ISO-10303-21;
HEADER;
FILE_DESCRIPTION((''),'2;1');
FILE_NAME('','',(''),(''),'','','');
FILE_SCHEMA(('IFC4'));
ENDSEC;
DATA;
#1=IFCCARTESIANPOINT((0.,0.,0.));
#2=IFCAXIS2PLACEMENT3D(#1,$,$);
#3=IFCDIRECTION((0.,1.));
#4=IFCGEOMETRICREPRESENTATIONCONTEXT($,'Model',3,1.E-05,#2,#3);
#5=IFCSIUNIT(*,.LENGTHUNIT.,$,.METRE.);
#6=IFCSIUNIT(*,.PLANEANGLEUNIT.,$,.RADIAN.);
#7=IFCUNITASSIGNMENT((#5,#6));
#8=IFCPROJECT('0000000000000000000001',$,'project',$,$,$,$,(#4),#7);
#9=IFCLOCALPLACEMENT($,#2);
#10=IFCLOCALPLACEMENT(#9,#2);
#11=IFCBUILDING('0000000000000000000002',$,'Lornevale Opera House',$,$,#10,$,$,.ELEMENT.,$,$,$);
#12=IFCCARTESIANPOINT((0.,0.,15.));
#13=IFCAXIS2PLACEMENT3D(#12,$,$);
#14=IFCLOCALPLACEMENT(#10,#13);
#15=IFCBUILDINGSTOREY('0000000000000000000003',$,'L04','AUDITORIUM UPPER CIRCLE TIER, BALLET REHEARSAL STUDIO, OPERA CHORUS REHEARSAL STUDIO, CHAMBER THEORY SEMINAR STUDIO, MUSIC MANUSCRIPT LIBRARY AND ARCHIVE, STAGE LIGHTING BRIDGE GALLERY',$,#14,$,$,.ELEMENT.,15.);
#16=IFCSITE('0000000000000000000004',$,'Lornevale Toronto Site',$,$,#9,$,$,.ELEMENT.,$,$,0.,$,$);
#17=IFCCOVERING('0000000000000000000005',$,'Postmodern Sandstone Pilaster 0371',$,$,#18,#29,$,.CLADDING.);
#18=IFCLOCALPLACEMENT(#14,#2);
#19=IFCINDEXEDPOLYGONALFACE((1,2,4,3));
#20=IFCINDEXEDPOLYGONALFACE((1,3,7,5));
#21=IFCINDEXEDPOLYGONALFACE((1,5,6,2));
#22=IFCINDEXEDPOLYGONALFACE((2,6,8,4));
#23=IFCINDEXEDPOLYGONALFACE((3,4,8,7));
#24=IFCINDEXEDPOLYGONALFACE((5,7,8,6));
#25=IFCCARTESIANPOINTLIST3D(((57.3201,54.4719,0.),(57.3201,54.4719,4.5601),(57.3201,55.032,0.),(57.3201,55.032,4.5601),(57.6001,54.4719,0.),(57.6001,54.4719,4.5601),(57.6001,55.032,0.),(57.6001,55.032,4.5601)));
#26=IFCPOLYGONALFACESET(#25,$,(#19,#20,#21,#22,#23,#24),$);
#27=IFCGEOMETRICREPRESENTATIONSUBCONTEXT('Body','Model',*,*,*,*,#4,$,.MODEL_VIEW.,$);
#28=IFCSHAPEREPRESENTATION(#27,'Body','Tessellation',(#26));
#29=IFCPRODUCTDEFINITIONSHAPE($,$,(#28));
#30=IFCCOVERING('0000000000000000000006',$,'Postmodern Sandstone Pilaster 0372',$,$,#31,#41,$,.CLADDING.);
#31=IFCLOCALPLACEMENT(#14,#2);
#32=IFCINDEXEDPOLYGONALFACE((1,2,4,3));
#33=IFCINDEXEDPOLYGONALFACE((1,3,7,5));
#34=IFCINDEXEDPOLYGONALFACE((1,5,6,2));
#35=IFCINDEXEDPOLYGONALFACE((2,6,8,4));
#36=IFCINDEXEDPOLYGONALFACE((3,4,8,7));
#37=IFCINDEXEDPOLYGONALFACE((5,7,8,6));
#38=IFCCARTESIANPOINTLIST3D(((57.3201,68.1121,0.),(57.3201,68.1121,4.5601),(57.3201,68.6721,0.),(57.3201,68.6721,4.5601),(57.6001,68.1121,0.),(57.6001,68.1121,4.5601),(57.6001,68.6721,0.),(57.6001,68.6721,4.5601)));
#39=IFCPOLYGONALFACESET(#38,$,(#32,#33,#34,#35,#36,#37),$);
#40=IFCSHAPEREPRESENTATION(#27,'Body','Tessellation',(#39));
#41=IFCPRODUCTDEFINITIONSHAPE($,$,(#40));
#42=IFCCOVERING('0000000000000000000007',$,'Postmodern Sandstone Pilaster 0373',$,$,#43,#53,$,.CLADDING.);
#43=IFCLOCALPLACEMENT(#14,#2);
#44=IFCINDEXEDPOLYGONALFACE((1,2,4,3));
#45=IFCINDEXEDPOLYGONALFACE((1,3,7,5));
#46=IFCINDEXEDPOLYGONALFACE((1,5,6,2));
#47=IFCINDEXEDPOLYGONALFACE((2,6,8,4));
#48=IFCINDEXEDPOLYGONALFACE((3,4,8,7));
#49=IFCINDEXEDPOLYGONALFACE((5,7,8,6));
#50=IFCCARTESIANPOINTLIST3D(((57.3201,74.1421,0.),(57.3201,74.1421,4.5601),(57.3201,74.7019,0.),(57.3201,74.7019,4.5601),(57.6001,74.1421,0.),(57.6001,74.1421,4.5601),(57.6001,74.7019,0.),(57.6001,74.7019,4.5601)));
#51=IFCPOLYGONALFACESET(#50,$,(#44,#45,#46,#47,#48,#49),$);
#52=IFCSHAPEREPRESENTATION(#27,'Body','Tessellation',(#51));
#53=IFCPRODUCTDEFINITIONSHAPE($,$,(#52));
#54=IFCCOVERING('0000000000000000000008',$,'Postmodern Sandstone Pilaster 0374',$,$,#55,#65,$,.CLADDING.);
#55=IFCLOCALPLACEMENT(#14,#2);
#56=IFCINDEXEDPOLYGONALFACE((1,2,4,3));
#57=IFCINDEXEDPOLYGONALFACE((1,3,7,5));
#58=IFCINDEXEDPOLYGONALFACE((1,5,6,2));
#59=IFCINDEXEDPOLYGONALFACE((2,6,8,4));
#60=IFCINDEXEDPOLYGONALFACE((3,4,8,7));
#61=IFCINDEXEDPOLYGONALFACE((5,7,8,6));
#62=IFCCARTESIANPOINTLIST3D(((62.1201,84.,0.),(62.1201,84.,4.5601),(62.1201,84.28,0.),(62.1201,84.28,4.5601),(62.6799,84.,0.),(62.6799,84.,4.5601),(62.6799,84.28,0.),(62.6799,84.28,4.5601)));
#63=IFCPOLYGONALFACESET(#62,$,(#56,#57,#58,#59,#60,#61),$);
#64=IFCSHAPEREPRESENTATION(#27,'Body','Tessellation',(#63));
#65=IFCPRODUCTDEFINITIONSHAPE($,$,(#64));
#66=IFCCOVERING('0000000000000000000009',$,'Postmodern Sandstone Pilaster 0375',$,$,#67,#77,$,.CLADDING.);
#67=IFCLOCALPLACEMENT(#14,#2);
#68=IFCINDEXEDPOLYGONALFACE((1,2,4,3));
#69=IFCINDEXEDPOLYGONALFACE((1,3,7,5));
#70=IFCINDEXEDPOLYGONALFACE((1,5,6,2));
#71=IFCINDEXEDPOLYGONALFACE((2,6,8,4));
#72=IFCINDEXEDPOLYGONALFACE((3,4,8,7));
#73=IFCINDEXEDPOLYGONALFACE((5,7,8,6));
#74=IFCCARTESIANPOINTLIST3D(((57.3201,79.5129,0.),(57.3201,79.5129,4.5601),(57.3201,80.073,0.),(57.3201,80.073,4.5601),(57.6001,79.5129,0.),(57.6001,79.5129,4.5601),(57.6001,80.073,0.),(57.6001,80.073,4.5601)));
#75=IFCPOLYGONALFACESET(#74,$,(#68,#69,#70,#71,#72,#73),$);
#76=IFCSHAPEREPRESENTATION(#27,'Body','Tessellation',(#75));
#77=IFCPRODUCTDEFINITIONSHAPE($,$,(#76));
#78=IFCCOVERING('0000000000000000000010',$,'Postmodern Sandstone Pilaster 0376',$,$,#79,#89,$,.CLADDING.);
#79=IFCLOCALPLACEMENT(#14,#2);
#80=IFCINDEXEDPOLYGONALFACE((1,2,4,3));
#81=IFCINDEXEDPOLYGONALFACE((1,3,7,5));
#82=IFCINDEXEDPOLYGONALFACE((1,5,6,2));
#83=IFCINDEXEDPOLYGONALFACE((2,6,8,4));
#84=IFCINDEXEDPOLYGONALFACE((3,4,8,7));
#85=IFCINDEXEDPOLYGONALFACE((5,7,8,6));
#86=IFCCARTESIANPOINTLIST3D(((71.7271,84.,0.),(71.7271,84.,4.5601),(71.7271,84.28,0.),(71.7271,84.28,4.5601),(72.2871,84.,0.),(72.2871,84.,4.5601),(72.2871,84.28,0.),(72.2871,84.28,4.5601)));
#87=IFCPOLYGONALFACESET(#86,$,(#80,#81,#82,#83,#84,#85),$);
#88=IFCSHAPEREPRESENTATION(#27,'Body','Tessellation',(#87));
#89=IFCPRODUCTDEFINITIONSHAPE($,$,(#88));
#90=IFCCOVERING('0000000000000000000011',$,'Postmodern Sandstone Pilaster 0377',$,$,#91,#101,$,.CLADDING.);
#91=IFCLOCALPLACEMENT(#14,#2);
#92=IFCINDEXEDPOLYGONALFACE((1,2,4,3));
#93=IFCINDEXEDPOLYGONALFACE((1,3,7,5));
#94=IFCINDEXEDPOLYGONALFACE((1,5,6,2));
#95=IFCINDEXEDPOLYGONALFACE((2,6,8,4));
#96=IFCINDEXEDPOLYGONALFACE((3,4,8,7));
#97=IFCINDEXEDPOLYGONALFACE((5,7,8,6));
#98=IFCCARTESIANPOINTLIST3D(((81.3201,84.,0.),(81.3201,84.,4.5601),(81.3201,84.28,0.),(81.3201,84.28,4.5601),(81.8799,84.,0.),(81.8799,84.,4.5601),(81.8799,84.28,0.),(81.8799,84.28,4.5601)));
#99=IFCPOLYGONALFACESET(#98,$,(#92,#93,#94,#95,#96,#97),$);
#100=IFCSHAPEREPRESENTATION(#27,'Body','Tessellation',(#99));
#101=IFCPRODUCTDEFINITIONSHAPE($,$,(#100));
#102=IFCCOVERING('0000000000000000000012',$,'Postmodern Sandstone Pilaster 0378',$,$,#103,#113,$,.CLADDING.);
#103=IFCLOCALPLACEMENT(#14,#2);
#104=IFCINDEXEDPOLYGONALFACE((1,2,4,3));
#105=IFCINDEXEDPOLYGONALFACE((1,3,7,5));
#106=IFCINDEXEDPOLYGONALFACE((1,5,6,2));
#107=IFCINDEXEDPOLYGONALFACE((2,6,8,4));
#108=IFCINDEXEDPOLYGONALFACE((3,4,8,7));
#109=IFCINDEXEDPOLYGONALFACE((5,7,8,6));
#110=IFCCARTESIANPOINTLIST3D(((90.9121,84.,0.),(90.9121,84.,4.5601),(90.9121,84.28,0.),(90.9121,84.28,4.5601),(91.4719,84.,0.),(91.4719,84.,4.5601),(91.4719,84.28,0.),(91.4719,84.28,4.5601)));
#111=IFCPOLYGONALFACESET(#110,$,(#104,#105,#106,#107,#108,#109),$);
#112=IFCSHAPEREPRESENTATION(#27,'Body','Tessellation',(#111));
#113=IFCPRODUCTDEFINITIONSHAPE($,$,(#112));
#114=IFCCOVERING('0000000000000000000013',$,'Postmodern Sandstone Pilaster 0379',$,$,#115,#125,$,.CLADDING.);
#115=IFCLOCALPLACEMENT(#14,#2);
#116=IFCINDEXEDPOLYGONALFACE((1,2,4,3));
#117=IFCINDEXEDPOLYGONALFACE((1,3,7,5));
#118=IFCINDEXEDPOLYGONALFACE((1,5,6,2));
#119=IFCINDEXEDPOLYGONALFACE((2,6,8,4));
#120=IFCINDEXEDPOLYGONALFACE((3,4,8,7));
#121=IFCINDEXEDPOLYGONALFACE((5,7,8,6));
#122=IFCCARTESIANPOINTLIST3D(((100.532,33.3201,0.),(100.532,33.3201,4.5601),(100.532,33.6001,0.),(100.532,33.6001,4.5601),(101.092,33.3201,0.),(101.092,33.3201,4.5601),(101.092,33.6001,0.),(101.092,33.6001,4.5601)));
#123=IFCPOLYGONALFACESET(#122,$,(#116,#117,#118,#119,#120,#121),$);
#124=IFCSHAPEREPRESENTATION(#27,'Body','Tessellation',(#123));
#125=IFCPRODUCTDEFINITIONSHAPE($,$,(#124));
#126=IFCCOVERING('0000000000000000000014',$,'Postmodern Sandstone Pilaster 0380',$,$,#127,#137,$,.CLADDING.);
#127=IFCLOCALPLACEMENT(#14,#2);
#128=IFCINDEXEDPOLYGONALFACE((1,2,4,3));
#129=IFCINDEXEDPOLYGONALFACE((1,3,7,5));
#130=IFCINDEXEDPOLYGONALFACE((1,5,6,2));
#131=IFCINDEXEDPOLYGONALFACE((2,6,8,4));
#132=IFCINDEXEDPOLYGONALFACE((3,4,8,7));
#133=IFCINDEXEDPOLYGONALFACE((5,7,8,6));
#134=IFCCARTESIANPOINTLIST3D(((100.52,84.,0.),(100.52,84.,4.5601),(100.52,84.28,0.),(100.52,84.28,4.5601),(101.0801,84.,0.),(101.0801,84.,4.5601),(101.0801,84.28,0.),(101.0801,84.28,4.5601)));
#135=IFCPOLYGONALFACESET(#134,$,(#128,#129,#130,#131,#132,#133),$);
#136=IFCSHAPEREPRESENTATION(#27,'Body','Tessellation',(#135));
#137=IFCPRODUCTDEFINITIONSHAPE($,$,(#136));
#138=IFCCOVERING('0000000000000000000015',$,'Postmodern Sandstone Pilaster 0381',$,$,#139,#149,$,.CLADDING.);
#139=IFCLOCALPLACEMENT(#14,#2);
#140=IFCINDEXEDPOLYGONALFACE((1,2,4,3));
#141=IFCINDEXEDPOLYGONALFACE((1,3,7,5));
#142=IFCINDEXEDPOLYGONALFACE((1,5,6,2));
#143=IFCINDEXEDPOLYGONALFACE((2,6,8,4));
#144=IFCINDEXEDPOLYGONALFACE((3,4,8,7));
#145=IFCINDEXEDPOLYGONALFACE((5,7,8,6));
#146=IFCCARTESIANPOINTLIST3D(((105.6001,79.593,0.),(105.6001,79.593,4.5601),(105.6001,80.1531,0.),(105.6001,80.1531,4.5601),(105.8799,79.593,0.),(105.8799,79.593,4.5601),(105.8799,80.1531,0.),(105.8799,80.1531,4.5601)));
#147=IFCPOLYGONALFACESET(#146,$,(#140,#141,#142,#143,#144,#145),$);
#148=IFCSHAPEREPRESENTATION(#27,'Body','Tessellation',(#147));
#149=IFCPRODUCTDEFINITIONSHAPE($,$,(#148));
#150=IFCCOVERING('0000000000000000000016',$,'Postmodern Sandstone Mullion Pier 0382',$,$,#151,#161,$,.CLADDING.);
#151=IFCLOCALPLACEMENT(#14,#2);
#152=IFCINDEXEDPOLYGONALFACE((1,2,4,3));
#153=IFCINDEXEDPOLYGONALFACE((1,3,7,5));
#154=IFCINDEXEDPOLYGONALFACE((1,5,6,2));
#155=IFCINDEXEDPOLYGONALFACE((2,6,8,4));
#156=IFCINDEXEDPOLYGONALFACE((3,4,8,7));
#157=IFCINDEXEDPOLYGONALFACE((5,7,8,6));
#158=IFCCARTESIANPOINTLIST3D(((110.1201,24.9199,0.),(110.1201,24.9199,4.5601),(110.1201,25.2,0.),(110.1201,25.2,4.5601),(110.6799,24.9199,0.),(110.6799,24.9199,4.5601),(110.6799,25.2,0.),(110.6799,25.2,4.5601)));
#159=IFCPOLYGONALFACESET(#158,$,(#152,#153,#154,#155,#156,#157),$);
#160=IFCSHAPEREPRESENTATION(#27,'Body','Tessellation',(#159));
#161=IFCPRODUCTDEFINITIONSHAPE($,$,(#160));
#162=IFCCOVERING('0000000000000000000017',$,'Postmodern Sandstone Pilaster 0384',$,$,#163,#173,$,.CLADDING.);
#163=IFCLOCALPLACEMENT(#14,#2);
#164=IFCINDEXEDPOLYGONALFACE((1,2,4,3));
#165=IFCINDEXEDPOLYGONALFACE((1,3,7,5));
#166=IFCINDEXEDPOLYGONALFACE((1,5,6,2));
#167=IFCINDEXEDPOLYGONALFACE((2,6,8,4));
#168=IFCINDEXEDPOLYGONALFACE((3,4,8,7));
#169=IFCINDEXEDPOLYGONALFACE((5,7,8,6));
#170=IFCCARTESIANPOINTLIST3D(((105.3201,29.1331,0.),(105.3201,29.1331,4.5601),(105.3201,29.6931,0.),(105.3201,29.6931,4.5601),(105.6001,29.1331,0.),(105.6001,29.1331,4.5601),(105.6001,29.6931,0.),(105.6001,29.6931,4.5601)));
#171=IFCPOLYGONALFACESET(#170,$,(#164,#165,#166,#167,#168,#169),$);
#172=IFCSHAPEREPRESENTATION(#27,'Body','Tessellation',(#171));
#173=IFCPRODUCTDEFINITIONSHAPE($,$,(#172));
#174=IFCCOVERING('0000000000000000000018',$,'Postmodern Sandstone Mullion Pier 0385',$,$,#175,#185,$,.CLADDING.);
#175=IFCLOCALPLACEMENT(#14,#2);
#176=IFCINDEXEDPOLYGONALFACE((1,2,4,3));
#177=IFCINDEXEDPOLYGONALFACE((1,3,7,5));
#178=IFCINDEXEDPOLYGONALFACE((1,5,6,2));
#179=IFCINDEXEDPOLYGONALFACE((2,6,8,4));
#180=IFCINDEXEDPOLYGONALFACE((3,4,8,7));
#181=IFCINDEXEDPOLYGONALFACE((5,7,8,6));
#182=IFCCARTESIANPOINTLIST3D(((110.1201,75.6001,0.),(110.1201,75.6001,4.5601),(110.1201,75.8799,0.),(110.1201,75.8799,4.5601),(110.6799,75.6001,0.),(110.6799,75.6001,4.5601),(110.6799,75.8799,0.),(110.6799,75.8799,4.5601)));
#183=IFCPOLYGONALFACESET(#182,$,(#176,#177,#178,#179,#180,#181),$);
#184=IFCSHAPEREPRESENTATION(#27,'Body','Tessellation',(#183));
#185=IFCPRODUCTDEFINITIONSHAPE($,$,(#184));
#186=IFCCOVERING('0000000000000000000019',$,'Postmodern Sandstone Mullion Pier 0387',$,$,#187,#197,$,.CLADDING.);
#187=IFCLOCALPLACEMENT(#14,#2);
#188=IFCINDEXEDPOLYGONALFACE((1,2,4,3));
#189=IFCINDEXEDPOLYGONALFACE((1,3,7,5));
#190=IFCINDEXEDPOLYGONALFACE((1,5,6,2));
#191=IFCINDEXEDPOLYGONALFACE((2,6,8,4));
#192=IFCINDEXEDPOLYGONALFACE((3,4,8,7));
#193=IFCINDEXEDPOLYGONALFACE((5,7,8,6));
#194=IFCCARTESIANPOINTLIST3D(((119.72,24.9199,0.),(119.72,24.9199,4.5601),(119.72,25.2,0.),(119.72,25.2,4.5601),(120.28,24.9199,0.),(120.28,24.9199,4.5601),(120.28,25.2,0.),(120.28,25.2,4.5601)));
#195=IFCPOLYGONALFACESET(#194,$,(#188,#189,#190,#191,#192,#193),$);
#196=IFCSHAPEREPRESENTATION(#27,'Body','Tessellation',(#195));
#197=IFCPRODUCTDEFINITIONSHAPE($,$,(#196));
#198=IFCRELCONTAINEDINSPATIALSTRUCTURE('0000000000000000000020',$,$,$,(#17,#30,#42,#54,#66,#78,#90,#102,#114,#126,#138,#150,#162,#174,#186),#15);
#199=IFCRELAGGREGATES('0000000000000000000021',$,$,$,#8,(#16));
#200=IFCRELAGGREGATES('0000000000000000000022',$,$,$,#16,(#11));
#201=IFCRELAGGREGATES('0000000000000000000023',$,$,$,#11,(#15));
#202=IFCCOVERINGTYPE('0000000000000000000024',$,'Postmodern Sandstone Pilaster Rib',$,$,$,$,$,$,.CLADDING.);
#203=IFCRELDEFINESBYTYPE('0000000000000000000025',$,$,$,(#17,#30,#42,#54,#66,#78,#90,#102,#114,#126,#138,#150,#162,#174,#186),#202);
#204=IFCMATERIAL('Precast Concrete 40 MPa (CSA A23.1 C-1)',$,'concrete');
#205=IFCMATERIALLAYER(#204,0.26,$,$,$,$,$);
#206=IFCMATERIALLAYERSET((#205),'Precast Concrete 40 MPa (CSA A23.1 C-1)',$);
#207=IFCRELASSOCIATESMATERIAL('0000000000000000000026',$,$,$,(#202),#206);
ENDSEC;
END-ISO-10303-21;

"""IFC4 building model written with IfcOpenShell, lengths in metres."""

from ifc_helpers import new_model, si_unit, direction, frame, origin, place, context, subcontext, project, spatial, polyline, outline, extrude, material, layer, layer_set, type_object, element, save


model = new_model("IFC4")

# Units and contexts
model_context = context("Model", 3, precision=1e-05, world=origin(), true_north=direction((0.0, 1.0)))
body_context = subcontext(model_context, "Body", "Model", "MODEL_VIEW")
ifc_project = project(units=[si_unit("LENGTHUNIT", "METRE"), si_unit("PLANEANGLEUNIT", "RADIAN")], contexts=[model_context])

# Site, building, storey
site_placement = place(None, origin())
site = spatial("IfcSite", under=ifc_project, at=site_placement, Name="Lornevale Toronto Site", CompositionType="ELEMENT", RefElevation=0.0)
building_placement = place(site_placement, origin())
building = spatial("IfcBuilding", under=site, at=building_placement, Name="Lornevale Opera House", CompositionType="ELEMENT")
storey_placement = place(building_placement, frame((0.0, 0.0, 15.0)))
storey = spatial("IfcBuildingStorey", under=building, at=storey_placement, Name="L04", Description="AUDITORIUM UPPER CIRCLE TIER, BALLET REHEARSAL STUDIO, OPERA CHORUS REHEARSAL STUDIO, CHAMBER THEORY SEMINAR STUDIO, MUSIC MANUSCRIPT LIBRARY AND ARCHIVE, STAGE LIGHTING BRIDGE GALLERY", CompositionType="ELEMENT", Elevation=15.0)

# Coverings
ifc_material_1 = material(Name="Precast Concrete 40 MPa (CSA A23.1 C-1)", Category="concrete")
ifc_layer_1 = layer(ifc_material_1, 0.26)
ifc_layer_set_1 = layer_set([ifc_layer_1], Name="Precast Concrete 40 MPa (CSA A23.1 C-1)")
covering_type_1 = type_object("IfcCoveringType", Name="Postmodern Sandstone Pilaster Rib", PredefinedType="CLADDING", material=ifc_layer_set_1)
covering_1_placement = place(storey_placement, origin())
element("IfcCovering", 1, at=covering_1_placement, inside=storey, type_object=covering_type_1, Name="Postmodern Sandstone Pilaster 0371", PredefinedType="CLADDING", context=body_context, shape_type="SweptSolid", body=[
    extrude(outline(polyline([(57.6001, 54.4719), (57.6001, 55.032), (57.3201, 55.032), (57.3201, 54.4719), (57.6001, 54.4719)])), origin(), (0.0, 0.0, 1.0), 4.5601),
])
covering_2_placement = place(storey_placement, origin())
element("IfcCovering", 2, at=covering_2_placement, inside=storey, type_object=covering_type_1, Name="Postmodern Sandstone Pilaster 0372", PredefinedType="CLADDING", context=body_context, shape_type="SweptSolid", body=[
    extrude(outline(polyline([(57.6001, 68.1121), (57.6001, 68.6721), (57.3201, 68.6721), (57.3201, 68.1121), (57.6001, 68.1121)])), origin(), (0.0, 0.0, 1.0), 4.5601),
])
covering_3_placement = place(storey_placement, origin())
element("IfcCovering", 3, at=covering_3_placement, inside=storey, type_object=covering_type_1, Name="Postmodern Sandstone Pilaster 0373", PredefinedType="CLADDING", context=body_context, shape_type="SweptSolid", body=[
    extrude(outline(polyline([(57.6001, 74.1421), (57.6001, 74.7019), (57.3201, 74.7019), (57.3201, 74.1421), (57.6001, 74.1421)])), origin(), (0.0, 0.0, 1.0), 4.5601),
])
covering_4_placement = place(storey_placement, origin())
element("IfcCovering", 4, at=covering_4_placement, inside=storey, type_object=covering_type_1, Name="Postmodern Sandstone Pilaster 0374", PredefinedType="CLADDING", context=body_context, shape_type="SweptSolid", body=[
    extrude(outline(polyline([(62.1201, 84.0), (62.6799, 84.0), (62.6799, 84.28), (62.1201, 84.28), (62.1201, 84.0)])), origin(), (0.0, 0.0, 1.0), 4.5601),
])
covering_5_placement = place(storey_placement, origin())
element("IfcCovering", 5, at=covering_5_placement, inside=storey, type_object=covering_type_1, Name="Postmodern Sandstone Pilaster 0375", PredefinedType="CLADDING", context=body_context, shape_type="SweptSolid", body=[
    extrude(outline(polyline([(57.6001, 79.5129), (57.6001, 80.073), (57.3201, 80.073), (57.3201, 79.5129), (57.6001, 79.5129)])), origin(), (0.0, 0.0, 1.0), 4.5601),
])
covering_6_placement = place(storey_placement, origin())
element("IfcCovering", 6, at=covering_6_placement, inside=storey, type_object=covering_type_1, Name="Postmodern Sandstone Pilaster 0376", PredefinedType="CLADDING", context=body_context, shape_type="SweptSolid", body=[
    extrude(outline(polyline([(71.7271, 84.0), (72.2871, 84.0), (72.2871, 84.28), (71.7271, 84.28), (71.7271, 84.0)])), origin(), (0.0, 0.0, 1.0), 4.5601),
])
covering_7_placement = place(storey_placement, origin())
element("IfcCovering", 7, at=covering_7_placement, inside=storey, type_object=covering_type_1, Name="Postmodern Sandstone Pilaster 0377", PredefinedType="CLADDING", context=body_context, shape_type="SweptSolid", body=[
    extrude(outline(polyline([(81.3201, 84.0), (81.8799, 84.0), (81.8799, 84.28), (81.3201, 84.28), (81.3201, 84.0)])), origin(), (0.0, 0.0, 1.0), 4.5601),
])
covering_8_placement = place(storey_placement, origin())
element("IfcCovering", 8, at=covering_8_placement, inside=storey, type_object=covering_type_1, Name="Postmodern Sandstone Pilaster 0378", PredefinedType="CLADDING", context=body_context, shape_type="SweptSolid", body=[
    extrude(outline(polyline([(90.9121, 84.0), (91.4719, 84.0), (91.4719, 84.28), (90.9121, 84.28), (90.9121, 84.0)])), origin(), (0.0, 0.0, 1.0), 4.5601),
])
covering_9_placement = place(storey_placement, origin())
element("IfcCovering", 9, at=covering_9_placement, inside=storey, type_object=covering_type_1, Name="Postmodern Sandstone Pilaster 0379", PredefinedType="CLADDING", context=body_context, shape_type="SweptSolid", body=[
    extrude(outline(polyline([(101.092, 33.6001), (100.532, 33.6001), (100.532, 33.3201), (101.092, 33.3201), (101.092, 33.6001)])), origin(), (0.0, 0.0, 1.0), 4.5601),
])
covering_10_placement = place(storey_placement, origin())
element("IfcCovering", 10, at=covering_10_placement, inside=storey, type_object=covering_type_1, Name="Postmodern Sandstone Pilaster 0380", PredefinedType="CLADDING", context=body_context, shape_type="SweptSolid", body=[
    extrude(outline(polyline([(100.52, 84.0), (101.0801, 84.0), (101.0801, 84.28), (100.52, 84.28), (100.52, 84.0)])), origin(), (0.0, 0.0, 1.0), 4.5601),
])
covering_11_placement = place(storey_placement, origin())
element("IfcCovering", 11, at=covering_11_placement, inside=storey, type_object=covering_type_1, Name="Postmodern Sandstone Pilaster 0381", PredefinedType="CLADDING", context=body_context, shape_type="SweptSolid", body=[
    extrude(outline(polyline([(105.6001, 80.1531), (105.6001, 79.593), (105.8799, 79.593), (105.8799, 80.1531), (105.6001, 80.1531)])), origin(), (0.0, 0.0, 1.0), 4.5601),
])
covering_12_placement = place(storey_placement, origin())
element("IfcCovering", 12, at=covering_12_placement, inside=storey, type_object=covering_type_1, Name="Postmodern Sandstone Mullion Pier 0382", PredefinedType="CLADDING", context=body_context, shape_type="SweptSolid", body=[
    extrude(outline(polyline([(110.6799, 25.2), (110.1201, 25.2), (110.1201, 24.9199), (110.6799, 24.9199), (110.6799, 25.2)])), origin(), (0.0, 0.0, 1.0), 4.5601),
])
covering_13_placement = place(storey_placement, origin())
element("IfcCovering", 13, at=covering_13_placement, inside=storey, type_object=covering_type_1, Name="Postmodern Sandstone Pilaster 0384", PredefinedType="CLADDING", context=body_context, shape_type="SweptSolid", body=[
    extrude(outline(polyline([(105.6001, 29.1331), (105.6001, 29.6931), (105.3201, 29.6931), (105.3201, 29.1331), (105.6001, 29.1331)])), origin(), (0.0, 0.0, 1.0), 4.5601),
])
covering_14_placement = place(storey_placement, origin())
element("IfcCovering", 14, at=covering_14_placement, inside=storey, type_object=covering_type_1, Name="Postmodern Sandstone Mullion Pier 0385", PredefinedType="CLADDING", context=body_context, shape_type="SweptSolid", body=[
    extrude(outline(polyline([(110.1201, 75.6001), (110.6799, 75.6001), (110.6799, 75.8799), (110.1201, 75.8799), (110.1201, 75.6001)])), origin(), (0.0, 0.0, 1.0), 4.5601),
])
covering_15_placement = place(storey_placement, origin())
element("IfcCovering", 15, at=covering_15_placement, inside=storey, type_object=covering_type_1, Name="Postmodern Sandstone Mullion Pier 0387", PredefinedType="CLADDING", context=body_context, shape_type="SweptSolid", body=[
    extrude(outline(polyline([(120.28, 25.2), (119.72, 25.2), (119.72, 24.9199), (120.28, 24.9199), (120.28, 25.2)])), origin(), (0.0, 0.0, 1.0), 4.5601),
])

save(model, "model.ifc")
